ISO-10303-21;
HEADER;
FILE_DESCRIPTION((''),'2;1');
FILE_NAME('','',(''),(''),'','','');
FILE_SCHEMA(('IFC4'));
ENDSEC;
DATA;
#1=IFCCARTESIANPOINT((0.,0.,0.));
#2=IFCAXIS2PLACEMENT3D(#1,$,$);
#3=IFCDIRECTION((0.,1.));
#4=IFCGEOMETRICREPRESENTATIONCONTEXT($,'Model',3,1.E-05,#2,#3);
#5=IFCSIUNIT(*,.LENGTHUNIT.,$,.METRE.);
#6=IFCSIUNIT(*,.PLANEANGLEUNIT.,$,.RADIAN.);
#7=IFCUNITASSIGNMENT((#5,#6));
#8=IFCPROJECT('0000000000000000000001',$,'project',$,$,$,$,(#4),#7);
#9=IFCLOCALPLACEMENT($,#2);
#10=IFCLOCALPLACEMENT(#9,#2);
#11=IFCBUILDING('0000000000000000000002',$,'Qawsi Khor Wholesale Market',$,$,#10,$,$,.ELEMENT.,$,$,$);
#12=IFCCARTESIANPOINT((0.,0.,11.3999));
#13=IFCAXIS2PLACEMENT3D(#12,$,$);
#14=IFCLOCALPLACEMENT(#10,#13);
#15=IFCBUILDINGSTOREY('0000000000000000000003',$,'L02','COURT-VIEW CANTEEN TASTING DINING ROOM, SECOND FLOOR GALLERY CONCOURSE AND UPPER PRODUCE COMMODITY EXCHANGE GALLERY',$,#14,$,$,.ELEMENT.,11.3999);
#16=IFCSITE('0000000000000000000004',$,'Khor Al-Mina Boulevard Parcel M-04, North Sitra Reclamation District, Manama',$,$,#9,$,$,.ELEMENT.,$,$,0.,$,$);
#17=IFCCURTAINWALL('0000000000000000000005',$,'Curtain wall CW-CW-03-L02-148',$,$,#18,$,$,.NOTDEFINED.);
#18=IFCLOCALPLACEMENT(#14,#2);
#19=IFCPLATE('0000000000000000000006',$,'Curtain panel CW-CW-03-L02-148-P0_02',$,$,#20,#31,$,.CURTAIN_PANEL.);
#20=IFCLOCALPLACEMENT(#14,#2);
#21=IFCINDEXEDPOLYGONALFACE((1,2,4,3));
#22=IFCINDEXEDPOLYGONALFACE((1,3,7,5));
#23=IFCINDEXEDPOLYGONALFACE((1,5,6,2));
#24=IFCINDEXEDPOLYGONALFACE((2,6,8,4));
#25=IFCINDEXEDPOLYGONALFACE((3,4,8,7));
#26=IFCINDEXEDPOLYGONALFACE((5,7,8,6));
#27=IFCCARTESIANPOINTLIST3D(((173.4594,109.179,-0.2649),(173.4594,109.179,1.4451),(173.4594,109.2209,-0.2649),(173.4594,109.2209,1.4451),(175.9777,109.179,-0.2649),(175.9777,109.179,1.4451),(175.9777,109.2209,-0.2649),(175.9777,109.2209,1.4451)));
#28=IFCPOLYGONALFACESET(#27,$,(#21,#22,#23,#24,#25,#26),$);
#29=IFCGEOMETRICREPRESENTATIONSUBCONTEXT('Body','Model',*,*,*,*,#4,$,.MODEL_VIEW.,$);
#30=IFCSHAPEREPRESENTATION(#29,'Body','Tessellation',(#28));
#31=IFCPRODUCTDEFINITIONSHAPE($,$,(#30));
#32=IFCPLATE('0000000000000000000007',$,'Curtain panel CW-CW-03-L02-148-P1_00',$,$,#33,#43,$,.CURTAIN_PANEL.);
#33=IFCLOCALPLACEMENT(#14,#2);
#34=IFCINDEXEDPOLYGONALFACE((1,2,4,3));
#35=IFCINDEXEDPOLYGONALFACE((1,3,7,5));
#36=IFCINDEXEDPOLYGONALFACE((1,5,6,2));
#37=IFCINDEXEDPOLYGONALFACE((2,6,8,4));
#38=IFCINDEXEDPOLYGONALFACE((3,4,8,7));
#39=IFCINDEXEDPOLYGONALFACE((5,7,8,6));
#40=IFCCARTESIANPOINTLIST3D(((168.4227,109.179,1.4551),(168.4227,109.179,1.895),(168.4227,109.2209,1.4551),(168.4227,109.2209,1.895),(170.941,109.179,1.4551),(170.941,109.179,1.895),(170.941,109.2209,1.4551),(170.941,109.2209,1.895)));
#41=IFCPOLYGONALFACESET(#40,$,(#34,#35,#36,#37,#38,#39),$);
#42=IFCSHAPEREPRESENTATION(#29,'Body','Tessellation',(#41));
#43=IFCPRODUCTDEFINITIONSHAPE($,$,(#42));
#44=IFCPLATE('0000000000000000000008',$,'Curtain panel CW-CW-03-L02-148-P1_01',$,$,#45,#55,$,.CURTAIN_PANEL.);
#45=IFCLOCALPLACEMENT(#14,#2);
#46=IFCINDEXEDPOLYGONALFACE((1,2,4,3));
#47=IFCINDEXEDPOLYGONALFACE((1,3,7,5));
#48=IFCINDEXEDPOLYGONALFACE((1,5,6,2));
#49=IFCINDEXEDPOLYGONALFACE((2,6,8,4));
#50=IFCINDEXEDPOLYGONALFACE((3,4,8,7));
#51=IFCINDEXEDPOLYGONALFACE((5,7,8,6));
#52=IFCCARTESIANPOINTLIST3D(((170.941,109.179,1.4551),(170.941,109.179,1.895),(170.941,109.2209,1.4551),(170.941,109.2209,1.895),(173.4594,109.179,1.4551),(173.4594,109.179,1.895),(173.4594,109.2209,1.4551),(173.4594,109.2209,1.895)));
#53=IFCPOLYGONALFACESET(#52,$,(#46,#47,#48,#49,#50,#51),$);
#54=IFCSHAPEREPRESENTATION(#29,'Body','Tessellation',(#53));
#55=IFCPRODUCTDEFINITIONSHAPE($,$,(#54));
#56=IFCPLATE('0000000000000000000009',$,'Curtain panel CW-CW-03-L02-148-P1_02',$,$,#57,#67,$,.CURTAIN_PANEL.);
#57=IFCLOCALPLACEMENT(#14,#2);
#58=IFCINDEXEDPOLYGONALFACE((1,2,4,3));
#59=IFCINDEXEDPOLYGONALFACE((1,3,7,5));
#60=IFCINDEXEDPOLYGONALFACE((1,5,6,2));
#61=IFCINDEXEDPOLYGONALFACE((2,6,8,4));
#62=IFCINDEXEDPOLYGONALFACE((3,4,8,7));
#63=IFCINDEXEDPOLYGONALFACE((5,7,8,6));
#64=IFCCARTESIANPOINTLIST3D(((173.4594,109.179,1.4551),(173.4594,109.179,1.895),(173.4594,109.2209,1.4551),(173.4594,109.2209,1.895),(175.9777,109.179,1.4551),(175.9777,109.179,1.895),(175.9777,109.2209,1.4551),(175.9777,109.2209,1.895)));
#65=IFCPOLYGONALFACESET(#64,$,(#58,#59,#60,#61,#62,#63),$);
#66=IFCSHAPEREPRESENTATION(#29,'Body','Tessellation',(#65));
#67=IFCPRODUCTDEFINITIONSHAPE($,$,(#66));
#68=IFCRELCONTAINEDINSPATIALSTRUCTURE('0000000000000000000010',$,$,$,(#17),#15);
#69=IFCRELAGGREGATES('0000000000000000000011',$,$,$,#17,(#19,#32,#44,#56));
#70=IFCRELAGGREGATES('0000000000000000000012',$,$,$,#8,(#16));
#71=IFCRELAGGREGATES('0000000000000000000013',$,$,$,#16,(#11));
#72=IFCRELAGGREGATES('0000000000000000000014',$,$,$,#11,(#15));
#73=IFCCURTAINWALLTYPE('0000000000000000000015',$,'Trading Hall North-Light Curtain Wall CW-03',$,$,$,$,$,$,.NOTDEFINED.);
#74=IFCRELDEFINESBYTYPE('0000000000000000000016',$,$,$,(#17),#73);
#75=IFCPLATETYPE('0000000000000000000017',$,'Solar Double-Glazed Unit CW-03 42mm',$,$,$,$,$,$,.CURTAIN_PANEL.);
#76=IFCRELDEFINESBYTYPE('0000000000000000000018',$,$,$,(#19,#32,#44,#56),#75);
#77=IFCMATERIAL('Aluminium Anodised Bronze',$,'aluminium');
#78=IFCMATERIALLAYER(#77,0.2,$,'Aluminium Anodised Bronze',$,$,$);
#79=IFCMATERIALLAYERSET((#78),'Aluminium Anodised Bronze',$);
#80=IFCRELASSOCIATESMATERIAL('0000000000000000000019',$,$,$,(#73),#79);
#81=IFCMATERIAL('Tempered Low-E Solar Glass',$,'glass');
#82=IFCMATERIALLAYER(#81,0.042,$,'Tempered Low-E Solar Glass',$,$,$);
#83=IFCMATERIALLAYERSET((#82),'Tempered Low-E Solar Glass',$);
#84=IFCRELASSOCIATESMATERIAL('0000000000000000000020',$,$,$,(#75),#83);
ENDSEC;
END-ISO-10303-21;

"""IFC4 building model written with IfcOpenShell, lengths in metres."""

from ifc_helpers import new_model, si_unit, direction, frame, frame_2d, origin, place, context, subcontext, project, spatial, rectangle, extrude, material, layer, layer_set, type_object, element, aggregate, save


model = new_model("IFC4")

# Units and contexts
model_context = context("Model", 3, precision=1e-05, world=origin(), true_north=direction((0.0, 1.0)))
body_context = subcontext(model_context, "Body", "Model", "MODEL_VIEW")
ifc_project = project(units=[si_unit("LENGTHUNIT", "METRE"), si_unit("PLANEANGLEUNIT", "RADIAN")], contexts=[model_context])

# Site, building, storey
site_placement = place(None, origin())
site = spatial("IfcSite", under=ifc_project, at=site_placement, Name="Khor Al-Mina Boulevard Parcel M-04, North Sitra Reclamation District, Manama", CompositionType="ELEMENT", RefElevation=0.0)
building_placement = place(site_placement, origin())
building = spatial("IfcBuilding", under=site, at=building_placement, Name="Qawsi Khor Wholesale Market", CompositionType="ELEMENT")
storey_placement = place(building_placement, frame((0.0, 0.0, 11.3999)))
storey = spatial("IfcBuildingStorey", under=building, at=storey_placement, Name="L02", Description="COURT-VIEW CANTEEN TASTING DINING ROOM, SECOND FLOOR GALLERY CONCOURSE AND UPPER PRODUCE COMMODITY EXCHANGE GALLERY", CompositionType="ELEMENT", Elevation=11.3999)

# Curtain wall
ifc_material_1 = material(Name="Aluminium Anodised Bronze", Category="aluminium")
ifc_layer_1 = layer(ifc_material_1, 0.2, Name="Aluminium Anodised Bronze")
ifc_layer_set_1 = layer_set([ifc_layer_1], Name="Aluminium Anodised Bronze")
curtain_wall_type = type_object("IfcCurtainWallType", Name="Trading Hall North-Light Curtain Wall CW-03", PredefinedType="NOTDEFINED", material=ifc_layer_set_1)
curtain_wall_placement = place(storey_placement, origin())
curtain_wall = element("IfcCurtainWall", 1, at=curtain_wall_placement, inside=storey, type_object=curtain_wall_type, Name="Curtain wall CW-CW-03-L02-148", PredefinedType="NOTDEFINED")

# Plates
ifc_material_2 = material(Name="Tempered Low-E Solar Glass", Category="glass")
ifc_layer_2 = layer(ifc_material_2, 0.042, Name="Tempered Low-E Solar Glass")
ifc_layer_set_2 = layer_set([ifc_layer_2], Name="Tempered Low-E Solar Glass")
plate_type = type_object("IfcPlateType", Name="Solar Double-Glazed Unit CW-03 42mm", PredefinedType="CURTAIN_PANEL", material=ifc_layer_set_2)
plate_1_placement = place(storey_placement, frame((173.4592, 109.2, -0.2649), z_axis=(0.0, 0.0, 1.0), x_axis=(1.0, 0.0, 0.0)))
plate_1 = element("IfcPlate", 2, at=plate_1_placement, type_object=plate_type, Name="Curtain panel CW-CW-03-L02-148-P0_02", PredefinedType="CURTAIN_PANEL", context=body_context, shape_type="SweptSolid", body=[
    extrude(rectangle(XDim=2.5183, YDim=0.042, at=frame_2d((1.2593, 0.0))), origin(), (0.0, 0.0, 1.0), 1.71),
])
plate_2_placement = place(storey_placement, frame((168.4226, 109.2, 1.4551), z_axis=(0.0, 0.0, 1.0), x_axis=(1.0, 0.0, 0.0)))
plate_2 = element("IfcPlate", 3, at=plate_2_placement, type_object=plate_type, Name="Curtain panel CW-CW-03-L02-148-P1_00", PredefinedType="CURTAIN_PANEL", context=body_context, shape_type="SweptSolid", body=[
    extrude(rectangle(XDim=2.5183, YDim=0.042, at=frame_2d((1.2593, 0.0))), origin(), (0.0, 0.0, 1.0), 0.4399),
])
plate_3_placement = place(storey_placement, frame((170.9409, 109.2, 1.4551), z_axis=(0.0, 0.0, 1.0), x_axis=(1.0, 0.0, 0.0)))
plate_3 = element("IfcPlate", 4, at=plate_3_placement, type_object=plate_type, Name="Curtain panel CW-CW-03-L02-148-P1_01", PredefinedType="CURTAIN_PANEL", context=body_context, shape_type="SweptSolid", body=[
    extrude(rectangle(XDim=2.5183, YDim=0.042, at=frame_2d((1.2593, 0.0))), origin(), (0.0, 0.0, 1.0), 0.4399),
])
plate_4_placement = place(storey_placement, frame((173.4592, 109.2, 1.4551), z_axis=(0.0, 0.0, 1.0), x_axis=(1.0, 0.0, 0.0)))
plate_4 = element("IfcPlate", 5, at=plate_4_placement, type_object=plate_type, Name="Curtain panel CW-CW-03-L02-148-P1_02", PredefinedType="CURTAIN_PANEL", context=body_context, shape_type="SweptSolid", body=[
    extrude(rectangle(XDim=2.5183, YDim=0.042, at=frame_2d((1.2593, 0.0))), origin(), (0.0, 0.0, 1.0), 0.4399),
])
aggregate(curtain_wall, [plate_1, plate_2, plate_3, plate_4])

save(model, "model.ifc")
